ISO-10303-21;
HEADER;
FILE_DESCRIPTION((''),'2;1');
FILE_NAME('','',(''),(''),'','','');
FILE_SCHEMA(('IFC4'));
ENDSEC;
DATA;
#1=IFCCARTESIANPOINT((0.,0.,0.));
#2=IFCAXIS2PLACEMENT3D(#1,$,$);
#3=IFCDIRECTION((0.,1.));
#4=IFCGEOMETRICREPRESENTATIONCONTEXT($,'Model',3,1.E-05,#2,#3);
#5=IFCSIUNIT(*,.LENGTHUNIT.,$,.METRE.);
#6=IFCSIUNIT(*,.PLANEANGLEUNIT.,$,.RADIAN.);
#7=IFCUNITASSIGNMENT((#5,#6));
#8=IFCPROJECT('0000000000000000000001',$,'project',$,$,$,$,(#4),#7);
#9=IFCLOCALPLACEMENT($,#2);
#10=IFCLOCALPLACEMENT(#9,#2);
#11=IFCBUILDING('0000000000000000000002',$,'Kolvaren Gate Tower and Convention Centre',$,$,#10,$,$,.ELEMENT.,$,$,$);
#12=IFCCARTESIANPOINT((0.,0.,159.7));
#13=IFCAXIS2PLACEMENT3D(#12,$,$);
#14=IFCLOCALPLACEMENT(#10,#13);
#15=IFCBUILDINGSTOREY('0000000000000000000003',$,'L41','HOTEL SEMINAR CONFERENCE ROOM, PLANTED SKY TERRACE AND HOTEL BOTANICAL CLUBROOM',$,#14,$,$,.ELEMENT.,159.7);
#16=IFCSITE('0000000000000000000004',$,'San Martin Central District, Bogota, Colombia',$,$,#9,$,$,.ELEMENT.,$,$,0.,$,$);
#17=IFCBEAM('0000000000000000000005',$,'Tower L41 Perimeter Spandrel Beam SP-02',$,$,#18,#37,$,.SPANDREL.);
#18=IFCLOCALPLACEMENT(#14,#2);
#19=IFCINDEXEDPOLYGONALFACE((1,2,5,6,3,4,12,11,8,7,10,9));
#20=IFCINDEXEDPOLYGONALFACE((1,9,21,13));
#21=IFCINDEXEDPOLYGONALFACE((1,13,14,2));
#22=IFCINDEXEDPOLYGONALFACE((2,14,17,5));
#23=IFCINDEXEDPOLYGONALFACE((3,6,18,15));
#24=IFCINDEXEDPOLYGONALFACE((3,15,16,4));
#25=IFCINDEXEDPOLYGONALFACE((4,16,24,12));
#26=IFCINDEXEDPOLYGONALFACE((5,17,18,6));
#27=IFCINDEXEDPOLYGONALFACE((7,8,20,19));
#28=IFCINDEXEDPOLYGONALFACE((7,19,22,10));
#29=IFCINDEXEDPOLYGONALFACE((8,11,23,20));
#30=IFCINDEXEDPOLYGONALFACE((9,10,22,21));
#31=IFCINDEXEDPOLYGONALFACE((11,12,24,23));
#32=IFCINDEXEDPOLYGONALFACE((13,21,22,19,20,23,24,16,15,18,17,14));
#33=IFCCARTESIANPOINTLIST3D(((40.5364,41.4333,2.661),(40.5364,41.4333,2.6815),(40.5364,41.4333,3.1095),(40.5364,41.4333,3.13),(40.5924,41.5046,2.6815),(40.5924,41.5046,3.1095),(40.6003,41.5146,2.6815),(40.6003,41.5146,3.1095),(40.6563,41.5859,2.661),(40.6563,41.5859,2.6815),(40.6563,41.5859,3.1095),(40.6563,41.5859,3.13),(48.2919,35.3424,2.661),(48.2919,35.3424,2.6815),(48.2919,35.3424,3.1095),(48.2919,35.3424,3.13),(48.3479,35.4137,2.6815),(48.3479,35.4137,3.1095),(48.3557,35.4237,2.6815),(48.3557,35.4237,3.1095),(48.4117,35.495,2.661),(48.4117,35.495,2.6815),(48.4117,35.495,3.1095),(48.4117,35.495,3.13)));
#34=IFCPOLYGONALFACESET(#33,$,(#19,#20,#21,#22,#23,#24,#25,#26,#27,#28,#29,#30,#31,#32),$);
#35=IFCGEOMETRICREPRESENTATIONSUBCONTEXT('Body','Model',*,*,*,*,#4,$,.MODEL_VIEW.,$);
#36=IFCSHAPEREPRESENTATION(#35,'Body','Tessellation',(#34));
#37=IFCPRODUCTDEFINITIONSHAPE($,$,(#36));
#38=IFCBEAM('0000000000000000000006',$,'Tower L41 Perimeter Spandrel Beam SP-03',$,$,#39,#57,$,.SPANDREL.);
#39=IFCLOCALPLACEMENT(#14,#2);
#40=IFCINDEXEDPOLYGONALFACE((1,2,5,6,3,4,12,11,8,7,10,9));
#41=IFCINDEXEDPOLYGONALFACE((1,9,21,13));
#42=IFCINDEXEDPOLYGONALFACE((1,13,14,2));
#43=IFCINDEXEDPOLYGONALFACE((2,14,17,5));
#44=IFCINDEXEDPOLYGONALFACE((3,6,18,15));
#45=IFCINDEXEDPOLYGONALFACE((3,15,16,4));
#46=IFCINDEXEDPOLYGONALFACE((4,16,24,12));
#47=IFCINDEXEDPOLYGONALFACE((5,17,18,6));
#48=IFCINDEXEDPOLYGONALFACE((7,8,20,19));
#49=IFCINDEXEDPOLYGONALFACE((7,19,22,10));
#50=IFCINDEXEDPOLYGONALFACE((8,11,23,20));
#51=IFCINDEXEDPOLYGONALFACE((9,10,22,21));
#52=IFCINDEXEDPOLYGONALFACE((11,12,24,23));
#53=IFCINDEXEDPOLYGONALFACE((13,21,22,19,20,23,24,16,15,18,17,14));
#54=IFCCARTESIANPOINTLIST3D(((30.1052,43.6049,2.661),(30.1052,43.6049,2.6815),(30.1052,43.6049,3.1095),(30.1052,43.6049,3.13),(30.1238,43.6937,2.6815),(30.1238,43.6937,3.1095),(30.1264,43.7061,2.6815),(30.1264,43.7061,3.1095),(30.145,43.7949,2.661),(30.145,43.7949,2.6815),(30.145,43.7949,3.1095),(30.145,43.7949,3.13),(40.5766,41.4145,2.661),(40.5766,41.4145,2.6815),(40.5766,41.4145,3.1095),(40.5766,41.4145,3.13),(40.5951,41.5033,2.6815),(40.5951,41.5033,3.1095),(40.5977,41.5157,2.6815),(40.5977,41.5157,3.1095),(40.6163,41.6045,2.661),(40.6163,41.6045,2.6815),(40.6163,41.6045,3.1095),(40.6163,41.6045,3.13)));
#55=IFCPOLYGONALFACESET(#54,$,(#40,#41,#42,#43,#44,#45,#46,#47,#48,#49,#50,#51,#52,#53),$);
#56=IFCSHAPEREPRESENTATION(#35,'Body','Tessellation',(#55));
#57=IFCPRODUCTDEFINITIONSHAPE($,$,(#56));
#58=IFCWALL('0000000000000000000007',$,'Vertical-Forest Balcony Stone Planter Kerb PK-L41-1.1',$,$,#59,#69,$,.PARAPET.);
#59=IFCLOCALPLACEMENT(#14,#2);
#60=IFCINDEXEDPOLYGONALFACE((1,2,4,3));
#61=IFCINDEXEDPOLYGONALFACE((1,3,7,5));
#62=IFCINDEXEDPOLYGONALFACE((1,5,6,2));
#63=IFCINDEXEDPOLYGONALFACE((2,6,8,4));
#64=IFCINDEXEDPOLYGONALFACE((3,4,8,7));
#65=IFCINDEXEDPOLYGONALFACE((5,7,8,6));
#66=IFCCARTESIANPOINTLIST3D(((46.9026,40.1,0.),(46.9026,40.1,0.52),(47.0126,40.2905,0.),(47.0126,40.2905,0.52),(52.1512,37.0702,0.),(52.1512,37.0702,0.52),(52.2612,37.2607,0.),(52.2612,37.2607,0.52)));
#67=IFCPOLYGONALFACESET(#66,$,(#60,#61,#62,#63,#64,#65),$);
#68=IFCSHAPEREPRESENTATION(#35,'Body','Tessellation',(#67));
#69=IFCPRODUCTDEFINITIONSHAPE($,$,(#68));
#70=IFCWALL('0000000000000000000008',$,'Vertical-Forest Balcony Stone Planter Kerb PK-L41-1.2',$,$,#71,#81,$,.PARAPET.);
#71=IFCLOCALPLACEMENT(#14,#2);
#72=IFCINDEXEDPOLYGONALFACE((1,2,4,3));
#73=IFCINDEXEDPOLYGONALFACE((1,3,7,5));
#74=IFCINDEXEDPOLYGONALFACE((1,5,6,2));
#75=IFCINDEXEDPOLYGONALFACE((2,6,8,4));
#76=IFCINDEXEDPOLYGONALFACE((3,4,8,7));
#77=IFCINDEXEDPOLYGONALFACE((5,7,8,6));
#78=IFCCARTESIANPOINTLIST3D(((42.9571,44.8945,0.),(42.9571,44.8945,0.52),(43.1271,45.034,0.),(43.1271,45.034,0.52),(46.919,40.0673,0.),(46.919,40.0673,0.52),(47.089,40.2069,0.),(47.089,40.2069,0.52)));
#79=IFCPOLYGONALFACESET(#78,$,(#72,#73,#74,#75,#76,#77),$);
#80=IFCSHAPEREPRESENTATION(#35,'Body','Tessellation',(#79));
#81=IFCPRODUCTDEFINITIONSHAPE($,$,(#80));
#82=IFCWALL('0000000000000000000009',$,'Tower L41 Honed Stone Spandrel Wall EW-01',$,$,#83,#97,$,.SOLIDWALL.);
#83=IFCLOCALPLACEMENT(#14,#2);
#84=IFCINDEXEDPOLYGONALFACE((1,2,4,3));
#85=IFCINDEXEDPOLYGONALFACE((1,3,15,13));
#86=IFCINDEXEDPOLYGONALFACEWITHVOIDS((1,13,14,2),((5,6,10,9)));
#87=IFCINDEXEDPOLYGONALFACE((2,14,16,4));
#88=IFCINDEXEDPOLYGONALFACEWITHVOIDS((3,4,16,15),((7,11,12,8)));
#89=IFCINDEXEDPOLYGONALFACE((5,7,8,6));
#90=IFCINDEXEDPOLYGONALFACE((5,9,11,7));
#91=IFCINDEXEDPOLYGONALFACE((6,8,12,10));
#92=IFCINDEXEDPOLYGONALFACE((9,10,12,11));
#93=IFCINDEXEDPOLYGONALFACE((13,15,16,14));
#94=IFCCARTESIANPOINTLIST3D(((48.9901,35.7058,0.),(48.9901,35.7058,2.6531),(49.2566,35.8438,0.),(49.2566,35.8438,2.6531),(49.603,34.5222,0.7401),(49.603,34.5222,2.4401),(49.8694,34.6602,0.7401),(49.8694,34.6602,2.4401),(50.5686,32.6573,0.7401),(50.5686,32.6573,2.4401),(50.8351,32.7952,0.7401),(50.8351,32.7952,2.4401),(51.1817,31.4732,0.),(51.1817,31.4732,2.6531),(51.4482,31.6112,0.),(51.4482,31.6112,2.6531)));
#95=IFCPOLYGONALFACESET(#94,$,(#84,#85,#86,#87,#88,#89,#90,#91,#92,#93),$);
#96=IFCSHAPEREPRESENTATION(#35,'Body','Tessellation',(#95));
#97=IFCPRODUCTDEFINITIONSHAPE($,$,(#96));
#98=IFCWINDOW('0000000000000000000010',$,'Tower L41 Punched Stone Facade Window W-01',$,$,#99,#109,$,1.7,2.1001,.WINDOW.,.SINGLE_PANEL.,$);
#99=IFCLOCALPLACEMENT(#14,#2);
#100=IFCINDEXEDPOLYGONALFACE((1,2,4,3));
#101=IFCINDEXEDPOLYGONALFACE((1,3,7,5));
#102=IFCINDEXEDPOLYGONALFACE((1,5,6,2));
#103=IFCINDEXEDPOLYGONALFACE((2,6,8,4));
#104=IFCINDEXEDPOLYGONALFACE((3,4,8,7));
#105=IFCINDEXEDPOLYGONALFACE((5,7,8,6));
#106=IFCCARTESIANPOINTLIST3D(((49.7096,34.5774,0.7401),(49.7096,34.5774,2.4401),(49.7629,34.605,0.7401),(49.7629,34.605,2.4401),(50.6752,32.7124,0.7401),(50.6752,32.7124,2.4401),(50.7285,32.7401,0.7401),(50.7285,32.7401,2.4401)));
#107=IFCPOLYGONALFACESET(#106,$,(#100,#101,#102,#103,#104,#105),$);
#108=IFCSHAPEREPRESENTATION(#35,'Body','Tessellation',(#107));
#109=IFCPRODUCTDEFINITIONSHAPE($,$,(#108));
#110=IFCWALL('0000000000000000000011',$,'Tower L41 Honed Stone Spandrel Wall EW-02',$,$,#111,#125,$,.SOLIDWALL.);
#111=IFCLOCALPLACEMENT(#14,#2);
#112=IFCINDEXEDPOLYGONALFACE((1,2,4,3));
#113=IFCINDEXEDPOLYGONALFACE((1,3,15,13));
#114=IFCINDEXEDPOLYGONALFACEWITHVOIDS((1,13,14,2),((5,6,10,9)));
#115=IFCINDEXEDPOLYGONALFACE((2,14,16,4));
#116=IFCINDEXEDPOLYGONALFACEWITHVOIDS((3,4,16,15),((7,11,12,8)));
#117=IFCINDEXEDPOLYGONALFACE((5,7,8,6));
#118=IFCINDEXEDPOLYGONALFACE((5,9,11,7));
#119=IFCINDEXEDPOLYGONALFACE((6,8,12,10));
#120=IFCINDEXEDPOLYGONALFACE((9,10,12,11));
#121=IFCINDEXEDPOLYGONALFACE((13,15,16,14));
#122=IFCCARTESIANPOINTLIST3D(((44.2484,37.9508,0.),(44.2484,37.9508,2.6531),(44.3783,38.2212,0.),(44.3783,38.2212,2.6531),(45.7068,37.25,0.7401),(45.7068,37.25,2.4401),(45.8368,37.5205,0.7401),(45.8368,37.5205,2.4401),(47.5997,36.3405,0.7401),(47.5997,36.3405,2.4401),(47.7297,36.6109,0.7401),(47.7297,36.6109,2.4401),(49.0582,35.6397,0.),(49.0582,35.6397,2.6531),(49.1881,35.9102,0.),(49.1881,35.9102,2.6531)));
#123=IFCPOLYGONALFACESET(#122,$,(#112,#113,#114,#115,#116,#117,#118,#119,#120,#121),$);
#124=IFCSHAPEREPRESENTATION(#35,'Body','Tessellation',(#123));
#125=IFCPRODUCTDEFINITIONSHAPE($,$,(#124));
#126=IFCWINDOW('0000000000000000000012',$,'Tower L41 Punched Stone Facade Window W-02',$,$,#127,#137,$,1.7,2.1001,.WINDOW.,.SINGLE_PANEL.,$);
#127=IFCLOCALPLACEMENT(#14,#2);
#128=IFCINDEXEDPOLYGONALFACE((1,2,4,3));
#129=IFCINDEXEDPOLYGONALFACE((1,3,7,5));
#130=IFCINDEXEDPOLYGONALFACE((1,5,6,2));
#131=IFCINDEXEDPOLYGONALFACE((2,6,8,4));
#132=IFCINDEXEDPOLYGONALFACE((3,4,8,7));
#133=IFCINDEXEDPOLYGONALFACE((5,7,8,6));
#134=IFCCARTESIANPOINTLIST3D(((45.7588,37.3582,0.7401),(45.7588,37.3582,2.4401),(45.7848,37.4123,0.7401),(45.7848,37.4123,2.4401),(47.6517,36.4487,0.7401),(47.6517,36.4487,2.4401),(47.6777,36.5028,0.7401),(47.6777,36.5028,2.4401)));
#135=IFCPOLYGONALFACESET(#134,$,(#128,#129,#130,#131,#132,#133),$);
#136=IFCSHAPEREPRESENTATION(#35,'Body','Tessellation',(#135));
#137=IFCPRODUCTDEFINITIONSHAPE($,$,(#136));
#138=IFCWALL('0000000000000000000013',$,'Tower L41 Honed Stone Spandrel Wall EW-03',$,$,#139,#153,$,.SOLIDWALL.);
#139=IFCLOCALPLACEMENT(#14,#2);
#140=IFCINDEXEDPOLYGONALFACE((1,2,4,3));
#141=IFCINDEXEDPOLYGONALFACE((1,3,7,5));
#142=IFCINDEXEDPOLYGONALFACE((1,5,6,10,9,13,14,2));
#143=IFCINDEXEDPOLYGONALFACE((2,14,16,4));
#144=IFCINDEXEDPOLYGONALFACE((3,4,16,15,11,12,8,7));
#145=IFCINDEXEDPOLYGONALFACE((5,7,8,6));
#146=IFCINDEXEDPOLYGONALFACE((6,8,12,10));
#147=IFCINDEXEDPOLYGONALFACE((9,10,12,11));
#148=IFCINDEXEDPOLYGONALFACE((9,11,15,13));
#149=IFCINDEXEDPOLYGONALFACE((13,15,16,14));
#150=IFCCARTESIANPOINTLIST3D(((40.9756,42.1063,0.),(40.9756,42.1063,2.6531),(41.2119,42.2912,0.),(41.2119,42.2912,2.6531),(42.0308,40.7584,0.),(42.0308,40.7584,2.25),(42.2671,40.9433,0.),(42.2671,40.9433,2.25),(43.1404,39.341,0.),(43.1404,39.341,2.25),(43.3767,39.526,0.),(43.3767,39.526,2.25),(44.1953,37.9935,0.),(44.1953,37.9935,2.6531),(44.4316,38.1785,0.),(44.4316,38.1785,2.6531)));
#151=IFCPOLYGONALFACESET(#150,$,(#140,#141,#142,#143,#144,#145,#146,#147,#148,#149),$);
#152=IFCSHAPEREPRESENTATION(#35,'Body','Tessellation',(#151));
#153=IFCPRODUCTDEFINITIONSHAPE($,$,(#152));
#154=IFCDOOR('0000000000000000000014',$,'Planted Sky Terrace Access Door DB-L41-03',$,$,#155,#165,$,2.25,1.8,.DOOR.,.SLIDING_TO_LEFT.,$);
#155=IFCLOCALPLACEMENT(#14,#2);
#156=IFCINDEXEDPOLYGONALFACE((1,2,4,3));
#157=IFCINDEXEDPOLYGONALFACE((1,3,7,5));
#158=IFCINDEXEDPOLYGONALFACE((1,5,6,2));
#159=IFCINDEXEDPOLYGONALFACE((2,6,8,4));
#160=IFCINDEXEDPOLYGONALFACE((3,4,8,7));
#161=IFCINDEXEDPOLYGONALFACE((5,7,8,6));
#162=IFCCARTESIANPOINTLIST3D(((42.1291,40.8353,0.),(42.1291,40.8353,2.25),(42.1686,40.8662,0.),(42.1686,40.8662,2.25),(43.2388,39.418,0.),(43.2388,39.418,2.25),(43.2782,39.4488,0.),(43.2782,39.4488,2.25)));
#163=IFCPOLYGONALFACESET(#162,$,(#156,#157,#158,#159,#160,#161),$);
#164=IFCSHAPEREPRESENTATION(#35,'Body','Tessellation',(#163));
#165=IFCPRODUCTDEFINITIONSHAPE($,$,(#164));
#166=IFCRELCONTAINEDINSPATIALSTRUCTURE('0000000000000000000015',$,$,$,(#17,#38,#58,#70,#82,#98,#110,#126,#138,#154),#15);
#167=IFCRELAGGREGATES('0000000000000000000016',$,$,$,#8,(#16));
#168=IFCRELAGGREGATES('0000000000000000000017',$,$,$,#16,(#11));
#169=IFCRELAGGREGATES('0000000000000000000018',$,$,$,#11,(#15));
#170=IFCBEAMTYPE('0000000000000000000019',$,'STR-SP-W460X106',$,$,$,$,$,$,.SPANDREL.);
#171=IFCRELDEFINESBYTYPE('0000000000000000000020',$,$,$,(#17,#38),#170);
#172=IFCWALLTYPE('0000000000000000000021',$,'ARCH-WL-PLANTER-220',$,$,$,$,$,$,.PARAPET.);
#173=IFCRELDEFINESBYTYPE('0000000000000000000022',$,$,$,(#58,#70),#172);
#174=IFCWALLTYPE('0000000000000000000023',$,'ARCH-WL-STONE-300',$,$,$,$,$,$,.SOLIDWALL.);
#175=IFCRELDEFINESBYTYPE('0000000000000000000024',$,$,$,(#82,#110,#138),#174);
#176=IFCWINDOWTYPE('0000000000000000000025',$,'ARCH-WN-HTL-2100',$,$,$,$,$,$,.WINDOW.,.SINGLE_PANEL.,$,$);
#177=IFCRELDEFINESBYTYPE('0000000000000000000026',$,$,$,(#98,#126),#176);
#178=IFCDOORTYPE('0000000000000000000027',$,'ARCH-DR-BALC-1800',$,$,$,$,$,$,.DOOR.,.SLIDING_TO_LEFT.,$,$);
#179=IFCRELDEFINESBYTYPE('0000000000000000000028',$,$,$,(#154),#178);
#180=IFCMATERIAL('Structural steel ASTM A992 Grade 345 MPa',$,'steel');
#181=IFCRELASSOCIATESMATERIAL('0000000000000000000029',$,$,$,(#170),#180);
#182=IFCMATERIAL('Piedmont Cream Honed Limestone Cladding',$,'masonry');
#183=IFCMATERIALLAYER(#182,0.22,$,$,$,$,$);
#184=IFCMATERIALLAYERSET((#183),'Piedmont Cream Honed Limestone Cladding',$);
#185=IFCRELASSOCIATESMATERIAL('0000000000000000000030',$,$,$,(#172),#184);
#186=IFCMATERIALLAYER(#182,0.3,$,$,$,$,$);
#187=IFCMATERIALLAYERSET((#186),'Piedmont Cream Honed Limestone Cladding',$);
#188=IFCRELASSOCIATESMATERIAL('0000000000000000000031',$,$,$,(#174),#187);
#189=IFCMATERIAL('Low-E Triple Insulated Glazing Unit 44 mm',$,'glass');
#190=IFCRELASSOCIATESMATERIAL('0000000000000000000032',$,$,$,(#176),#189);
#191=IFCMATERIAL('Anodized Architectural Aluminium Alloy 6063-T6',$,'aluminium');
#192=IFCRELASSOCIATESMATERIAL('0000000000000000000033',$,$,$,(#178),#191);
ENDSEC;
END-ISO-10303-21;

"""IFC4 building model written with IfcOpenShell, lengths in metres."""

from ifc_helpers import new_model, si_unit, direction, frame, frame_2d, origin, origin_2d, place, context, subcontext, project, spatial, rectangle, i_section, extrude, material, layer, layer_set, material_profile, profile_set, type_object, element, fill, save


model = new_model("IFC4")

# Units and contexts
model_context = context("Model", 3, precision=1e-05, world=origin(), true_north=direction((0.0, 1.0)))
body_context = subcontext(model_context, "Body", "Model", "MODEL_VIEW")
ifc_project = project(units=[si_unit("LENGTHUNIT", "METRE"), si_unit("PLANEANGLEUNIT", "RADIAN")], contexts=[model_context])

# Site, building, storey
site_placement = place(None, origin())
site = spatial("IfcSite", under=ifc_project, at=site_placement, Name="San Martin Central District, Bogota, Colombia", CompositionType="ELEMENT", RefElevation=0.0)
building_placement = place(site_placement, origin())
building = spatial("IfcBuilding", under=site, at=building_placement, Name="Kolvaren Gate Tower and Convention Centre", CompositionType="ELEMENT")
storey_placement = place(building_placement, frame((0.0, 0.0, 159.7)))
storey = spatial("IfcBuildingStorey", under=building, at=storey_placement, Name="L41", Description="HOTEL SEMINAR CONFERENCE ROOM, PLANTED SKY TERRACE AND HOTEL BOTANICAL CLUBROOM", CompositionType="ELEMENT", Elevation=159.7)

# Beams
ifc_material_1 = material(Name="Structural steel ASTM A992 Grade 345 MPa", Category="steel")
ifc_material_profile_1 = material_profile(ifc_material_1, i_section(OverallWidth=0.1941, OverallDepth=0.469, WebThickness=0.0127, FlangeThickness=0.0205, at=origin_2d()), Name="W460X106")
ifc_profile_set_1 = profile_set([ifc_material_profile_1], Name="Structural steel ASTM A992 Grade 345 MPa")
beam_type_1 = type_object("IfcBeamType", Name="STR-SP-W460X106", PredefinedType="SPANDREL", material=ifc_profile_set_1)
beam_1_placement = place(storey_placement, frame((48.3518, 35.4187, 2.8955), z_axis=(-0.786451, 0.617653, 0.0), x_axis=(-0.617653, -0.786451, 0.0)))
element("IfcBeam", 1, at=beam_1_placement, inside=storey, type_object=beam_type_1, Name="Tower L41 Perimeter Spandrel Beam SP-02", PredefinedType="SPANDREL", context=body_context, shape_type="SweptSolid", body=[
    extrude(i_section(OverallWidth=0.1941, OverallDepth=0.469, WebThickness=0.0127, FlangeThickness=0.0205, at=origin_2d()), origin(), (0.0, 0.0, 1.0), 9.8613),
])
beam_2_placement = place(storey_placement, frame((40.5964, 41.5095, 2.8955), z_axis=(-0.978814, 0.20475, 0.0), x_axis=(-0.20475, -0.978814, 0.0)))
element("IfcBeam", 2, at=beam_2_placement, inside=storey, type_object=beam_type_1, Name="Tower L41 Perimeter Spandrel Beam SP-03", PredefinedType="SPANDREL", context=body_context, shape_type="SweptSolid", body=[
    extrude(i_section(OverallWidth=0.1941, OverallDepth=0.469, WebThickness=0.0127, FlangeThickness=0.0205, at=origin_2d()), origin(), (0.0, 0.0, 1.0), 10.698),
])

# Walls
ifc_material_2 = material(Name="Piedmont Cream Honed Limestone Cladding", Category="masonry")
ifc_layer_1 = layer(ifc_material_2, 0.22)
ifc_layer_set_1 = layer_set([ifc_layer_1], Name="Piedmont Cream Honed Limestone Cladding")
wall_type_1 = type_object("IfcWallType", Name="ARCH-WL-PLANTER-220", PredefinedType="PARAPET", material=ifc_layer_set_1)
wall_1_placement = place(storey_placement, frame((46.9575, 40.1953, 0.0), z_axis=(0.0, 0.0, 1.0), x_axis=(0.866058, -0.499943, 0.0)))
element("IfcWall", 3, at=wall_1_placement, inside=storey, type_object=wall_type_1, Name="Vertical-Forest Balcony Stone Planter Kerb PK-L41-1.1", PredefinedType="PARAPET", context=body_context, shape_type="SweptSolid", body=[
    extrude(rectangle(XDim=6.0603, YDim=0.22, at=frame_2d((3.0303, 0.0))), origin(), (0.0, 0.0, 1.0), 0.52),
])
wall_2_placement = place(storey_placement, frame((43.042, 44.9644, 0.0), z_axis=(0.0, 0.0, 1.0), x_axis=(0.634429, -0.772981, 0.0)))
element("IfcWall", 4, at=wall_2_placement, inside=storey, type_object=wall_type_1, Name="Vertical-Forest Balcony Stone Planter Kerb PK-L41-1.2", PredefinedType="PARAPET", context=body_context, shape_type="SweptSolid", body=[
    extrude(rectangle(XDim=6.2449, YDim=0.22, at=frame_2d((3.1226, 0.0))), origin(), (0.0, 0.0, 1.0), 0.52),
])

# Walls, openings, windows
ifc_layer_2 = layer(ifc_material_2, 0.3)
ifc_layer_set_2 = layer_set([ifc_layer_2], Name="Piedmont Cream Honed Limestone Cladding")
wall_type_2 = type_object("IfcWallType", Name="ARCH-WL-STONE-300", PredefinedType="SOLIDWALL", material=ifc_layer_set_2)
wall_3_placement = place(storey_placement, frame((49.1233, 35.7749, 0.0), z_axis=(0.0, 0.0, 1.0), x_axis=(0.45981, -0.888017, 0.0)))
wall_3 = element("IfcWall", 5, at=wall_3_placement, inside=storey, type_object=wall_type_2, Name="Tower L41 Honed Stone Spandrel Wall EW-01", PredefinedType="SOLIDWALL", context=body_context, shape_type="SweptSolid", body=[
    extrude(rectangle(XDim=4.7664, YDim=0.3, at=frame_2d((2.3833, 0.0))), origin(), (0.0, 0.0, 1.0), 2.6531),
])
opening_1_placement = place(wall_3_placement, frame((1.333, 0.0, 0.74)))
opening_1 = element("IfcOpeningElement", 6, at=opening_1_placement, cuts=wall_3, PredefinedType="OPENING", context=body_context, shape_type="SweptSolid", body=[
    extrude(rectangle(XDim=2.1001, YDim=1.7, at=frame_2d((1.05, 0.8501))), frame((0.0, 0.1599, 0.0), z_axis=(0.0, -1.0, 0.0), x_axis=(1.0, 0.0, 0.0)), (0.0, 0.0, 1.0), 0.3201),
])
ifc_material_3 = material(Name="Low-E Triple Insulated Glazing Unit 44 mm", Category="glass")
window_type = type_object("IfcWindowType", Name="ARCH-WN-HTL-2100", PartitioningType="SINGLE_PANEL", PredefinedType="WINDOW", material=ifc_material_3)
window_1_placement = place(opening_1_placement, origin())
window_1 = element("IfcWindow", 7, at=window_1_placement, inside=storey, type_object=window_type, Name="Tower L41 Punched Stone Facade Window W-01", OverallHeight=1.7, OverallWidth=2.1001, PartitioningType="SINGLE_PANEL", PredefinedType="WINDOW", context=body_context, shape_type="SweptSolid", body=[
    extrude(rectangle(XDim=2.1001, YDim=1.7, at=frame_2d((1.05, 0.8501))), frame((0.0, 0.03, 0.0), z_axis=(0.0, -1.0, 0.0), x_axis=(1.0, 0.0, 0.0)), (0.0, 0.0, 1.0), 0.0601),
])
fill(opening_1, window_1)
wall_4_placement = place(storey_placement, frame((44.3135, 38.0859, 0.0), z_axis=(0.0, 0.0, 1.0), x_axis=(0.901353, -0.433085, 0.0)))
wall_4 = element("IfcWall", 8, at=wall_4_placement, inside=storey, type_object=wall_type_2, Name="Tower L41 Honed Stone Spandrel Wall EW-02", PredefinedType="SOLIDWALL", context=body_context, shape_type="SweptSolid", body=[
    extrude(rectangle(XDim=5.3362, YDim=0.3, at=frame_2d((2.668, 0.0))), origin(), (0.0, 0.0, 1.0), 2.6531),
])
opening_2_placement = place(wall_4_placement, frame((1.6179, 0.0, 0.74)))
opening_2 = element("IfcOpeningElement", 9, at=opening_2_placement, cuts=wall_4, PredefinedType="OPENING", context=body_context, shape_type="SweptSolid", body=[
    extrude(rectangle(XDim=2.1001, YDim=1.7, at=frame_2d((1.05, 0.8501))), frame((0.0, 0.1599, 0.0), z_axis=(0.0, -1.0, 0.0), x_axis=(1.0, 0.0, 0.0)), (0.0, 0.0, 1.0), 0.3201),
])
window_2_placement = place(opening_2_placement, origin())
window_2 = element("IfcWindow", 10, at=window_2_placement, inside=storey, type_object=window_type, Name="Tower L41 Punched Stone Facade Window W-02", OverallHeight=1.7, OverallWidth=2.1001, PartitioningType="SINGLE_PANEL", PredefinedType="WINDOW", context=body_context, shape_type="SweptSolid", body=[
    extrude(rectangle(XDim=2.1001, YDim=1.7, at=frame_2d((1.05, 0.8501))), frame((0.0, 0.03, 0.0), z_axis=(0.0, -1.0, 0.0), x_axis=(1.0, 0.0, 0.0)), (0.0, 0.0, 1.0), 0.0601),
])
fill(opening_2, window_2)

# Wall, opening, door
wall_5_placement = place(storey_placement, frame((41.0938, 42.1987, 0.0), z_axis=(0.0, 0.0, 1.0), x_axis=(0.616429, -0.78741, 0.0)))
wall_5 = element("IfcWall", 11, at=wall_5_placement, inside=storey, type_object=wall_type_2, Name="Tower L41 Honed Stone Spandrel Wall EW-03", PredefinedType="SOLIDWALL", context=body_context, shape_type="SweptSolid", body=[
    extrude(rectangle(XDim=5.2231, YDim=0.3, at=frame_2d((2.6116, 0.0))), origin(), (0.0, 0.0, 1.0), 2.6531),
])
opening_3_placement = place(wall_5_placement, frame((1.7119, 0.0, 0.0)))
opening_3 = element("IfcOpeningElement", 12, at=opening_3_placement, cuts=wall_5, PredefinedType="OPENING", context=body_context, shape_type="SweptSolid", body=[
    extrude(rectangle(XDim=1.8, YDim=2.25, at=frame_2d((0.8999, 1.125))), frame((0.0, 0.1599, 0.0), z_axis=(0.0, -1.0, 0.0), x_axis=(1.0, 0.0, 0.0)), (0.0, 0.0, 1.0), 0.3201),
])
ifc_material_4 = material(Name="Anodized Architectural Aluminium Alloy 6063-T6", Category="aluminium")
door_type = type_object("IfcDoorType", Name="ARCH-DR-BALC-1800", OperationType="SLIDING_TO_LEFT", PredefinedType="DOOR", material=ifc_material_4)
door_placement = place(opening_3_placement, origin())
door = element("IfcDoor", 13, at=door_placement, inside=storey, type_object=door_type, Name="Planted Sky Terrace Access Door DB-L41-03", OperationType="SLIDING_TO_LEFT", OverallHeight=2.25, OverallWidth=1.8, PredefinedType="DOOR", context=body_context, shape_type="SweptSolid", body=[
    extrude(rectangle(XDim=1.8, YDim=2.25, at=frame_2d((0.8999, 1.125))), frame((0.0, 0.0249, 0.0), z_axis=(0.0, -1.0, 0.0), x_axis=(1.0, 0.0, 0.0)), (0.0, 0.0, 1.0), 0.05),
])
fill(opening_3, door)

save(model, "model.ifc")
